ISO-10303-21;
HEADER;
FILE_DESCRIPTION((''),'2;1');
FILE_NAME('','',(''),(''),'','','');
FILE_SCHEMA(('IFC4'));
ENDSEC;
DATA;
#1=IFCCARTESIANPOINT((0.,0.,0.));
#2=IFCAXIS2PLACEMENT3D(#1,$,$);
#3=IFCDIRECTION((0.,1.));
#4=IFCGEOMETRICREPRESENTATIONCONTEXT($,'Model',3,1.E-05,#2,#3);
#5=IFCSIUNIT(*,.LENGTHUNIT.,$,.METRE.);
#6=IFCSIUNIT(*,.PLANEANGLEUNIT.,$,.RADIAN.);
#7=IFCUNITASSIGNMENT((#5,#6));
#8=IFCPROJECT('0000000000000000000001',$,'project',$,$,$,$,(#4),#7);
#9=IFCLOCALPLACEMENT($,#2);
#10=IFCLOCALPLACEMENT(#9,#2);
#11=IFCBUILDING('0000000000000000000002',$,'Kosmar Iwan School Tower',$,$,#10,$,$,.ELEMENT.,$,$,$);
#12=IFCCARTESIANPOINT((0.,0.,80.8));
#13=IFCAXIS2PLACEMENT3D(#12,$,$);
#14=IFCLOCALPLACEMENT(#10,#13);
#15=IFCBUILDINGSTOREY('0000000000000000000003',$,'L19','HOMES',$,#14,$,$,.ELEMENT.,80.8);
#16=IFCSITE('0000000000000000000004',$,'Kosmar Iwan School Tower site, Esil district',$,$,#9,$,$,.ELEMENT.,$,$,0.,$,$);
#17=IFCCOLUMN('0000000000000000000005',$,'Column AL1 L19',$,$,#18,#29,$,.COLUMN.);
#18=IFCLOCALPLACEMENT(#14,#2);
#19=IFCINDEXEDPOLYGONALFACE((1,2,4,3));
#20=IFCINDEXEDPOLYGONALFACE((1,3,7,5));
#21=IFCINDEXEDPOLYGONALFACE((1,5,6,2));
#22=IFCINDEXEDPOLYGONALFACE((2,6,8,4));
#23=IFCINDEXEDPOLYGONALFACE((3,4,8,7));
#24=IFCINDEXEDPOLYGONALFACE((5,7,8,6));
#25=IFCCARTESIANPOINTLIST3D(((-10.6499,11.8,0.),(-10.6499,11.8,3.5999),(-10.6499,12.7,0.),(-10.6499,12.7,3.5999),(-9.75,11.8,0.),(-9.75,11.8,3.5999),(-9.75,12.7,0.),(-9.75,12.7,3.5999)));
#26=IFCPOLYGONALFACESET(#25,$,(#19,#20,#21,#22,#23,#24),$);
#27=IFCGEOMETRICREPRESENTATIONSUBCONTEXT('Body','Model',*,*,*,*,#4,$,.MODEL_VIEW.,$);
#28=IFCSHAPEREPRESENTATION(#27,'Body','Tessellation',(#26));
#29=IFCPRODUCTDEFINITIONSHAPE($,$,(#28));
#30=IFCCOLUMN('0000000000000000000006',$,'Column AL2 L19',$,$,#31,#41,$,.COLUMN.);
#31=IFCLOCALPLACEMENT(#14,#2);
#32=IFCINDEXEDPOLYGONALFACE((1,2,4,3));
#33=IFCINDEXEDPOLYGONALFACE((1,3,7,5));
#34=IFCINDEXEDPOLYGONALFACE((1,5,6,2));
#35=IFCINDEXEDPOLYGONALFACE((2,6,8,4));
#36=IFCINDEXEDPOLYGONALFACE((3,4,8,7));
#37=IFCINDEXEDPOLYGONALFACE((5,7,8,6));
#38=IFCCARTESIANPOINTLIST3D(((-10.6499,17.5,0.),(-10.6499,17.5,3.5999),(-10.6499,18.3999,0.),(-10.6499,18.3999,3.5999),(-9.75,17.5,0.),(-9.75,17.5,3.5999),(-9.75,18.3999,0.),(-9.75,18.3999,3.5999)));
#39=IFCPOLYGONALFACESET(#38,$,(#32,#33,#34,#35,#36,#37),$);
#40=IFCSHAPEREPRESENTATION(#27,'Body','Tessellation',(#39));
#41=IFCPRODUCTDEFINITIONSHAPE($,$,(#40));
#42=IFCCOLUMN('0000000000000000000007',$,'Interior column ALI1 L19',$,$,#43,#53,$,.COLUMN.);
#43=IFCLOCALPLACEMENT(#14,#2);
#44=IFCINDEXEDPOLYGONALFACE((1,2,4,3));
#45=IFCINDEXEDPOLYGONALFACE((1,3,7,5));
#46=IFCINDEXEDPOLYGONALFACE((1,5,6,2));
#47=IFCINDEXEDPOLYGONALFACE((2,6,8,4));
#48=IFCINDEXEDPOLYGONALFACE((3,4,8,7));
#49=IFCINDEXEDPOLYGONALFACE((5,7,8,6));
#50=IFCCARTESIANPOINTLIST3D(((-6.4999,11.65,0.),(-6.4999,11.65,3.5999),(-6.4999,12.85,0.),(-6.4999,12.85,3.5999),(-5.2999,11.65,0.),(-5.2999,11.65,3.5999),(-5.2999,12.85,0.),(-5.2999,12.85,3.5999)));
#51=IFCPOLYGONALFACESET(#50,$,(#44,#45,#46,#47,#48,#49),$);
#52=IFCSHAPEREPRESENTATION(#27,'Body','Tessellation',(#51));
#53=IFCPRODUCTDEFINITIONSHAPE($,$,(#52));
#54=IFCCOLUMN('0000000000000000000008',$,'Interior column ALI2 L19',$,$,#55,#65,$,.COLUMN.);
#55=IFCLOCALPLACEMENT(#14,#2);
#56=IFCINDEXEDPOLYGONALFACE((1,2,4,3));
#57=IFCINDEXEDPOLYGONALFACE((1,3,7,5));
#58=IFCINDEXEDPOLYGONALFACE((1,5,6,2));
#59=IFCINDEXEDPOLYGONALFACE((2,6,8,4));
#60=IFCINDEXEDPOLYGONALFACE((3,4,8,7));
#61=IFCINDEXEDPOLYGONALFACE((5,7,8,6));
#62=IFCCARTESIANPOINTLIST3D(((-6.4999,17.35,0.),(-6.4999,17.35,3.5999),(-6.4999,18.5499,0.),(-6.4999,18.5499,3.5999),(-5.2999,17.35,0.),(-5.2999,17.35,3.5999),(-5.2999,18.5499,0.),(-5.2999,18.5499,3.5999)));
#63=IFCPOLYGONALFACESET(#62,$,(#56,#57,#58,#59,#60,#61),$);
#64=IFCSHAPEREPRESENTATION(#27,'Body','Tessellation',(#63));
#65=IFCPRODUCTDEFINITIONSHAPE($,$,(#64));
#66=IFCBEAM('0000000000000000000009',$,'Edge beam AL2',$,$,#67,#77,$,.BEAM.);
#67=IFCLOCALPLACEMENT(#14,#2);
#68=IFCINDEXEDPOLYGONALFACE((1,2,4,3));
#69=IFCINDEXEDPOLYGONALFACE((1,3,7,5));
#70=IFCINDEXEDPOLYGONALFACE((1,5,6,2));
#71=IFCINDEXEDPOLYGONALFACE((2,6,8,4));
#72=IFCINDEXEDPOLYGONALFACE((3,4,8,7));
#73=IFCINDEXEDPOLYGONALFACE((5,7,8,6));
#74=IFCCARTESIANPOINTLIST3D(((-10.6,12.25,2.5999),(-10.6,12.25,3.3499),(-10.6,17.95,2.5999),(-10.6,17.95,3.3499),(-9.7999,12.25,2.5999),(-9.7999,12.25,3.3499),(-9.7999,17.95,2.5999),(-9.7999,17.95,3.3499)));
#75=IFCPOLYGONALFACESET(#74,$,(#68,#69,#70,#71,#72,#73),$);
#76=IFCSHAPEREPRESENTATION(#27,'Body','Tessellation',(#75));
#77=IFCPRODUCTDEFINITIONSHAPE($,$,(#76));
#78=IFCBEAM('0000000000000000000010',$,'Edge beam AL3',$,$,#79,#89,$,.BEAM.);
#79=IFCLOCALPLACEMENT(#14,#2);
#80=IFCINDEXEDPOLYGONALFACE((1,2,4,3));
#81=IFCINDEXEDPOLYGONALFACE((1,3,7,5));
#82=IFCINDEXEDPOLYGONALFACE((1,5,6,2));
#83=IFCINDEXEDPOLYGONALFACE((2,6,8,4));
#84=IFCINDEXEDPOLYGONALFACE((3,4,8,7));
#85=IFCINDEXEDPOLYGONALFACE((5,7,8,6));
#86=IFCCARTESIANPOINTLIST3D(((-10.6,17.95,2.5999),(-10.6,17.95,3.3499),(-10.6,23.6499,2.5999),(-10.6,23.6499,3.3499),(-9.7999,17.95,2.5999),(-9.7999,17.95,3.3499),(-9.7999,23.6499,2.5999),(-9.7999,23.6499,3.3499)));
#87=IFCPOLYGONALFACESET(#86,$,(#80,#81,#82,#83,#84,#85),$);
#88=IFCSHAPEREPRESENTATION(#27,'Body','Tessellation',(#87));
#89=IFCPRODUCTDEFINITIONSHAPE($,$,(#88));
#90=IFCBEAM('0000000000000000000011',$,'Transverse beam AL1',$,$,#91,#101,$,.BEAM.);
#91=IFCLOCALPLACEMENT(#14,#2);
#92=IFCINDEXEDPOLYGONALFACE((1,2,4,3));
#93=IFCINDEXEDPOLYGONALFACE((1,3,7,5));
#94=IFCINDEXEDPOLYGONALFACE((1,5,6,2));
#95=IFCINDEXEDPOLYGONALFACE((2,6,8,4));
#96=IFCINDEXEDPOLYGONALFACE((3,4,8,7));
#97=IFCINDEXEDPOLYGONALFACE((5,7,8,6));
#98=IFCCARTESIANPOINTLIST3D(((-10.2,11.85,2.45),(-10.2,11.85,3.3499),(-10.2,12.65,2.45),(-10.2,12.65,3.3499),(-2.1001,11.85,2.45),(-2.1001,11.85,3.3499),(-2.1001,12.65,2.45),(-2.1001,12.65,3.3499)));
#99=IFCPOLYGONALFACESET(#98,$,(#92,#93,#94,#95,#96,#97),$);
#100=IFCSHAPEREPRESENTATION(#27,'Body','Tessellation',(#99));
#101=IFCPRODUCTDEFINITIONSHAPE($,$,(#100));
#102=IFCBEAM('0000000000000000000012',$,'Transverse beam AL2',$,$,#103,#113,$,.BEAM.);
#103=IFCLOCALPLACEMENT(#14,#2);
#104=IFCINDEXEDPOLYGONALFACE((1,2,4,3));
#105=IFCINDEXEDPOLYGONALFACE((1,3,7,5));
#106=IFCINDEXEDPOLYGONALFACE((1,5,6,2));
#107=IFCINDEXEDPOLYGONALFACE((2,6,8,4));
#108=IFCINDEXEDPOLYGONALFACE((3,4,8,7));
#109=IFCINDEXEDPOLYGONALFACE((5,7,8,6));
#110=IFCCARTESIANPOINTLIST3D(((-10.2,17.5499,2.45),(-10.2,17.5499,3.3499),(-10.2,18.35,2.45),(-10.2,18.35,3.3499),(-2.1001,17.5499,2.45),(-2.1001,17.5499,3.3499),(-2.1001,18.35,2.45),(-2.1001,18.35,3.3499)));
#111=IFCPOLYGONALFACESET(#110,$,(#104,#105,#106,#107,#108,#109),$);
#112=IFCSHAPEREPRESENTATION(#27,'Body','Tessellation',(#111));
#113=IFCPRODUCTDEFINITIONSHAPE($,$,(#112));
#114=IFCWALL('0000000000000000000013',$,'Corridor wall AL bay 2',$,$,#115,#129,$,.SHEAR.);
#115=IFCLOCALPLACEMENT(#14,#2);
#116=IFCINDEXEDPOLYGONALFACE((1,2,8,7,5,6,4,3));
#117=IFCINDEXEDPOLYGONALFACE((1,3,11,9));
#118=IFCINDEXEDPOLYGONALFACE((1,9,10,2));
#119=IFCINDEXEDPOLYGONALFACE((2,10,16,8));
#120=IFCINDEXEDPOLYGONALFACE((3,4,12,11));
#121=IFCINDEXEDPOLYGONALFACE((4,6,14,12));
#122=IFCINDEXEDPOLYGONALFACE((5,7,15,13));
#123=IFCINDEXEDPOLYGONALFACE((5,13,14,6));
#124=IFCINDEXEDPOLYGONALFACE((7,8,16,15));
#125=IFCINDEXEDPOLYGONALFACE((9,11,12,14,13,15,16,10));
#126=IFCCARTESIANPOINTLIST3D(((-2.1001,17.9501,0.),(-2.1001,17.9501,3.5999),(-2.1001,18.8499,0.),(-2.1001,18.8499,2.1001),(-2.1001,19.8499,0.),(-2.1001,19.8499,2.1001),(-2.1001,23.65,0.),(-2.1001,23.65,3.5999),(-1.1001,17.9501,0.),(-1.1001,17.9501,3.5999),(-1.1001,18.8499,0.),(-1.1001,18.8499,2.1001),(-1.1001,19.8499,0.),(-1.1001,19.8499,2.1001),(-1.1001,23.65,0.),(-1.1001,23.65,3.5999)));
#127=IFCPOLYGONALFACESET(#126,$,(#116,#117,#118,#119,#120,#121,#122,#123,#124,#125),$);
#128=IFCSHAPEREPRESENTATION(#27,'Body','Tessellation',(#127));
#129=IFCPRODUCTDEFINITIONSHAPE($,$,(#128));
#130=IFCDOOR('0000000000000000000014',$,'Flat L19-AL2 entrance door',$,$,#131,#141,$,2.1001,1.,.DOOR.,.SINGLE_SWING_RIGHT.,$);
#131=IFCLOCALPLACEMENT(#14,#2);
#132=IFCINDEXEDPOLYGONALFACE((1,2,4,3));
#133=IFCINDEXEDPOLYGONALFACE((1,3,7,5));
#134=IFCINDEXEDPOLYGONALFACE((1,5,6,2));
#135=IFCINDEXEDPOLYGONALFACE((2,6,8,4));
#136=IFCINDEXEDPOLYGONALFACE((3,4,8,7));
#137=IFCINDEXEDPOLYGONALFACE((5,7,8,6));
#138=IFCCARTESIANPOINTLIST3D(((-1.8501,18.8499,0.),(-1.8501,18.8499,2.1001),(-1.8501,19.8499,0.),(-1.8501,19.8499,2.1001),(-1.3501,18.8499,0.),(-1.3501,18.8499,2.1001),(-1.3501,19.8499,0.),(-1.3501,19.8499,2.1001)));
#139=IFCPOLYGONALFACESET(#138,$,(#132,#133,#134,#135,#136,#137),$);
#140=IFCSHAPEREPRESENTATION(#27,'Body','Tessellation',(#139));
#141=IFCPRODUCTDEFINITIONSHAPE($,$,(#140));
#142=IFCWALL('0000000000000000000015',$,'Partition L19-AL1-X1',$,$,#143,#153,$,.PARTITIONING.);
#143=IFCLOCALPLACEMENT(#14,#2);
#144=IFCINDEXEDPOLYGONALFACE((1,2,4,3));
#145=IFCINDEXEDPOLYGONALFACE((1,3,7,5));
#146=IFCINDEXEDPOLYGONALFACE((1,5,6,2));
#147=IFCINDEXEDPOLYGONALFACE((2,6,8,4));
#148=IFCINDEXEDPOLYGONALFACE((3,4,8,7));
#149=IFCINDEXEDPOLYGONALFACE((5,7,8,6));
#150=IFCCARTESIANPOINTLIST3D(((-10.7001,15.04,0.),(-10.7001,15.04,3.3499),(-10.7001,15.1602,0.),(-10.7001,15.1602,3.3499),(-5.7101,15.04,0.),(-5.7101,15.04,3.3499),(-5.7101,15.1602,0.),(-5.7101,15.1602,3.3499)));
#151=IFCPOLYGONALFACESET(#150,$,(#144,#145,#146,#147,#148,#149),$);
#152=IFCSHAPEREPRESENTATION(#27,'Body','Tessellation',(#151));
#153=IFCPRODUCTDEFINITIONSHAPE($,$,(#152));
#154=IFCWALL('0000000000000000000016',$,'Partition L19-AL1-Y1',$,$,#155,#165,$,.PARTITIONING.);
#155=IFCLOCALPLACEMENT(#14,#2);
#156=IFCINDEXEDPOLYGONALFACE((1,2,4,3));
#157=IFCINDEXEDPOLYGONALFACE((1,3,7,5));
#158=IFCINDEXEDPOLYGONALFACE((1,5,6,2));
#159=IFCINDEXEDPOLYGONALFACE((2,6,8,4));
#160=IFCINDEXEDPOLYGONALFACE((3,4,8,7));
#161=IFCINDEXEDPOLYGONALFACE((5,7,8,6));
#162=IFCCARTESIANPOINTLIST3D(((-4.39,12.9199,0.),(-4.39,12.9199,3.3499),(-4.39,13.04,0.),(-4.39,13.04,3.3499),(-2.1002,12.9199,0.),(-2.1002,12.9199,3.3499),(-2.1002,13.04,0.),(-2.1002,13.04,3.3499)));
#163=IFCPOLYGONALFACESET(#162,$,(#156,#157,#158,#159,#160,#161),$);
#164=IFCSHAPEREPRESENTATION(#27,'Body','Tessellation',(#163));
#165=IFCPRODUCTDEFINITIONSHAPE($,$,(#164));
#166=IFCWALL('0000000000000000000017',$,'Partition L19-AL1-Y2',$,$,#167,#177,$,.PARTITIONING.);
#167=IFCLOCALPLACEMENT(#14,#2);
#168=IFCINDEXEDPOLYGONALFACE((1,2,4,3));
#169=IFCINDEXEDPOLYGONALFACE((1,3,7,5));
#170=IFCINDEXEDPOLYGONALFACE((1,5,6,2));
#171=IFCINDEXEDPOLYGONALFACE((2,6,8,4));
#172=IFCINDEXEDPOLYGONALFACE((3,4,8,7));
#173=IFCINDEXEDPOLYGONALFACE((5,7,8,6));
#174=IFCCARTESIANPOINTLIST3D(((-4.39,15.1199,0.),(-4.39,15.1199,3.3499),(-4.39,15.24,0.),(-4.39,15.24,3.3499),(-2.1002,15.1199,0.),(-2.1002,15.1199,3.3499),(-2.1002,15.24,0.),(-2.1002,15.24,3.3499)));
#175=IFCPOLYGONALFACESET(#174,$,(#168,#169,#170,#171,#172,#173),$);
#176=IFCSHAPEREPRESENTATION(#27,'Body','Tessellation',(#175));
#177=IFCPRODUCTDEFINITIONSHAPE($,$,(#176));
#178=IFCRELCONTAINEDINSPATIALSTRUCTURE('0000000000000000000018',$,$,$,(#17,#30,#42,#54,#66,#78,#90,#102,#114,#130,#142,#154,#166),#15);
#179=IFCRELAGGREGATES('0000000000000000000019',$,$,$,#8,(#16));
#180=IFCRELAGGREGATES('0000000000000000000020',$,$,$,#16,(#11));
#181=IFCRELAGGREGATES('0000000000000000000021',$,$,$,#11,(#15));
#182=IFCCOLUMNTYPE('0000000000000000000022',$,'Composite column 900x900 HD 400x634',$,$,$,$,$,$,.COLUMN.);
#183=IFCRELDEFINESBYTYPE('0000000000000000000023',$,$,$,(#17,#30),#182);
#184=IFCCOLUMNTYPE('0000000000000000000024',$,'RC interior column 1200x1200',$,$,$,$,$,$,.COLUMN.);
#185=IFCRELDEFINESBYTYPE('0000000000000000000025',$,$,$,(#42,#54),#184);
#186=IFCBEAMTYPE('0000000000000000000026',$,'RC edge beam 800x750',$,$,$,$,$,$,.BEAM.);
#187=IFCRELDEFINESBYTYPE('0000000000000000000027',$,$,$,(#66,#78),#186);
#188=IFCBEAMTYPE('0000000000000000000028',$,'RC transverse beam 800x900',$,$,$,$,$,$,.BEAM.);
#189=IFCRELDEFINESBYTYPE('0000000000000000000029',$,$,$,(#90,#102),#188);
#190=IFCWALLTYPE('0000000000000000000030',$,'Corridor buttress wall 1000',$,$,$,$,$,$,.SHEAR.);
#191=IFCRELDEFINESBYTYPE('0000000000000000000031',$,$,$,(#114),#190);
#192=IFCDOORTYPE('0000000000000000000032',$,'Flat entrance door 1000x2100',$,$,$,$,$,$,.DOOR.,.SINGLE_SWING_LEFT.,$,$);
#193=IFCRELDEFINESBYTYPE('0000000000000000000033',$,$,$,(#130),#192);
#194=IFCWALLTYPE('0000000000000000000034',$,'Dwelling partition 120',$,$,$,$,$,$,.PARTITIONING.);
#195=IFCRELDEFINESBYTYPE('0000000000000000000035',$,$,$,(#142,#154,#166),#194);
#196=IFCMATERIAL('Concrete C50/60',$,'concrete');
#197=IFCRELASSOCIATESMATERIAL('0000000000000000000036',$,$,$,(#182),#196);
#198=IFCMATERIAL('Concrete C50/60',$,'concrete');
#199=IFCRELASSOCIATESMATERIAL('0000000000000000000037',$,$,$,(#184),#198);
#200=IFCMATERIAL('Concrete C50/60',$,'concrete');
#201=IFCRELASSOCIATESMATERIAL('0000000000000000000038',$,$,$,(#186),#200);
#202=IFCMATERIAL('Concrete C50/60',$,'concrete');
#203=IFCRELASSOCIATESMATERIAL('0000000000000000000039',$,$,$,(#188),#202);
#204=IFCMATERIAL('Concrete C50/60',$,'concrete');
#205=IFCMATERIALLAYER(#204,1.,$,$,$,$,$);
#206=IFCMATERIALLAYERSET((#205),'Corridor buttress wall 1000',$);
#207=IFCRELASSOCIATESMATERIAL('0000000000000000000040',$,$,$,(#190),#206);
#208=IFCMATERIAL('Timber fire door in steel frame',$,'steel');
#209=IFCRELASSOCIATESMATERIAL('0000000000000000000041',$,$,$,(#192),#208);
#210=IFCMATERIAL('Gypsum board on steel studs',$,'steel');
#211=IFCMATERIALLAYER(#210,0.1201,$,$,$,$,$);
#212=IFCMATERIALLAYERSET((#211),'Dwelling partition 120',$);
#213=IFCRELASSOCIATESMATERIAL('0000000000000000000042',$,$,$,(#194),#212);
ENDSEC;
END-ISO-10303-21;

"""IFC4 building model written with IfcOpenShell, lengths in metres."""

from ifc_helpers import new_model, si_unit, direction, frame, frame_2d, origin, origin_2d, place, context, subcontext, project, spatial, rectangle, extrude, material, layer, layer_set, material_profile, profile_set, type_object, element, fill, save


model = new_model("IFC4")

# Units and contexts
model_context = context("Model", 3, precision=1e-05, world=origin(), true_north=direction((0.0, 1.0)))
body_context = subcontext(model_context, "Body", "Model", "MODEL_VIEW")
ifc_project = project(units=[si_unit("LENGTHUNIT", "METRE"), si_unit("PLANEANGLEUNIT", "RADIAN")], contexts=[model_context])

# Site, building, storey
site_placement = place(None, origin())
site = spatial("IfcSite", under=ifc_project, at=site_placement, Name="Kosmar Iwan School Tower site, Esil district", CompositionType="ELEMENT", RefElevation=0.0)
building_placement = place(site_placement, origin())
building = spatial("IfcBuilding", under=site, at=building_placement, Name="Kosmar Iwan School Tower", CompositionType="ELEMENT")
storey_placement = place(building_placement, frame((0.0, 0.0, 80.8)))
storey = spatial("IfcBuildingStorey", under=building, at=storey_placement, Name="L19", Description="HOMES", CompositionType="ELEMENT", Elevation=80.8)

# Columns
ifc_material_1 = material(Name="Concrete C50/60", Category="concrete")
ifc_material_profile_1 = material_profile(ifc_material_1, rectangle(XDim=0.8999, YDim=0.8999, at=origin_2d()), Name="RC 900x900 + HD 400x634")
ifc_profile_set_1 = profile_set([ifc_material_profile_1], Name="Concrete C50/60")
column_type_1 = type_object("IfcColumnType", Name="Composite column 900x900 HD 400x634", PredefinedType="COLUMN", material=ifc_profile_set_1)
for number, where, z_axis, x_axis, name in (
    (1, (-10.2, 12.25, 0.0), (0.0, 0.0, 1.0), (0.0, 1.0, 0.0), "Column AL1 L19"),
    (2, (-10.2, 17.95, 0.0), (0.0, 0.0, 1.0), (0.0, 1.0, 0.0), "Column AL2 L19"),
):
    element("IfcColumn", number, at=place(storey_placement, frame(where, z_axis=z_axis, x_axis=x_axis)), inside=storey, type_object=column_type_1, Name=name, PredefinedType="COLUMN", context=body_context, shape_type="SweptSolid", body=[
        extrude(rectangle(XDim=0.8999, YDim=0.8999, at=origin_2d()), origin(), (0.0, 0.0, 1.0), 3.5999),
    ])
ifc_material_2 = material(Name="Concrete C50/60", Category="concrete")
ifc_material_profile_2 = material_profile(ifc_material_2, rectangle(XDim=1.2, YDim=1.2, at=origin_2d()), Name="RC 1200x1200")
ifc_profile_set_2 = profile_set([ifc_material_profile_2], Name="Concrete C50/60")
column_type_2 = type_object("IfcColumnType", Name="RC interior column 1200x1200", PredefinedType="COLUMN", material=ifc_profile_set_2)
for number, where, z_axis, x_axis, name in (
    (3, (-5.8999, 12.25, 0.0), (0.0, 0.0, 1.0), (0.0, 1.0, 0.0), "Interior column ALI1 L19"),
    (4, (-5.8999, 17.95, 0.0), (0.0, 0.0, 1.0), (0.0, 1.0, 0.0), "Interior column ALI2 L19"),
):
    element("IfcColumn", number, at=place(storey_placement, frame(where, z_axis=z_axis, x_axis=x_axis)), inside=storey, type_object=column_type_2, Name=name, PredefinedType="COLUMN", context=body_context, shape_type="SweptSolid", body=[
        extrude(rectangle(XDim=1.2, YDim=1.2, at=origin_2d()), origin(), (0.0, 0.0, 1.0), 3.5999),
    ])

# Beams
ifc_material_3 = material(Name="Concrete C50/60", Category="concrete")
ifc_material_profile_3 = material_profile(ifc_material_3, rectangle(XDim=0.8, YDim=0.75, at=origin_2d()), Name="RC 800x750")
ifc_profile_set_3 = profile_set([ifc_material_profile_3], Name="Concrete C50/60")
beam_type_1 = type_object("IfcBeamType", Name="RC edge beam 800x750", PredefinedType="BEAM", material=ifc_profile_set_3)
for number, where, z_axis, x_axis, name in (
    (5, (-10.2, 12.25, 2.9749), (0.0, 1.0, 0.0), (-1.0, 0.0, 0.0), "Edge beam AL2"),
    (6, (-10.2, 17.95, 2.9749), (0.0, 1.0, 0.0), (-1.0, 0.0, 0.0), "Edge beam AL3"),
):
    element("IfcBeam", number, at=place(storey_placement, frame(where, z_axis=z_axis, x_axis=x_axis)), inside=storey, type_object=beam_type_1, Name=name, PredefinedType="BEAM", context=body_context, shape_type="SweptSolid", body=[
        extrude(rectangle(XDim=0.8, YDim=0.75, at=origin_2d()), origin(), (0.0, 0.0, 1.0), 5.7),
    ])
ifc_material_4 = material(Name="Concrete C50/60", Category="concrete")
ifc_material_profile_4 = material_profile(ifc_material_4, rectangle(XDim=0.8, YDim=0.8999, at=origin_2d()), Name="RC 800x900")
ifc_profile_set_4 = profile_set([ifc_material_profile_4], Name="Concrete C50/60")
beam_type_2 = type_object("IfcBeamType", Name="RC transverse beam 800x900", PredefinedType="BEAM", material=ifc_profile_set_4)
for number, where, z_axis, x_axis, name in (
    (7, (-10.2, 12.25, 2.8999), (1.0, 0.0, 0.0), (0.0, 1.0, 0.0), "Transverse beam AL1"),
    (8, (-10.2, 17.95, 2.8999), (1.0, 0.0, 0.0), (0.0, 1.0, 0.0), "Transverse beam AL2"),
):
    element("IfcBeam", number, at=place(storey_placement, frame(where, z_axis=z_axis, x_axis=x_axis)), inside=storey, type_object=beam_type_2, Name=name, PredefinedType="BEAM", context=body_context, shape_type="SweptSolid", body=[
        extrude(rectangle(XDim=0.8, YDim=0.8999, at=origin_2d()), origin(), (0.0, 0.0, 1.0), 8.0999),
    ])

# Wall, opening, door
ifc_material_5 = material(Name="Concrete C50/60", Category="concrete")
ifc_layer_1 = layer(ifc_material_5, 1.0)
ifc_layer_set_1 = layer_set([ifc_layer_1], Name="Corridor buttress wall 1000")
wall_type_1 = type_object("IfcWallType", Name="Corridor buttress wall 1000", PredefinedType="SHEAR", material=ifc_layer_set_1)
wall_1_placement = place(storey_placement, frame((-1.6001, 17.95, 0.0), z_axis=(0.0, 0.0, 1.0), x_axis=(0.0, 1.0, 0.0)))
wall_1 = element("IfcWall", 9, at=wall_1_placement, inside=storey, type_object=wall_type_1, Name="Corridor wall AL bay 2", PredefinedType="SHEAR", context=body_context, shape_type="SweptSolid", body=[
    extrude(rectangle(XDim=5.7, YDim=1.0, at=frame_2d((2.8501, 0.0))), origin(), (0.0, 0.0, 1.0), 3.5999),
])
opening_1_placement = place(wall_1_placement, frame((0.8999, 0.0, 0.0)))
opening_1 = element("IfcOpeningElement", 10, at=opening_1_placement, cuts=wall_1, PredefinedType="OPENING", context=body_context, shape_type="SweptSolid", body=[
    extrude(rectangle(XDim=1.0, YDim=2.1001, at=frame_2d((0.5, 1.05))), frame((0.0, 0.512, 0.0), z_axis=(0.0, -1.0, 0.0), x_axis=(1.0, 0.0, 0.0)), (0.0, 0.0, 1.0), 1.0239),
])
ifc_material_6 = material(Name="Timber fire door in steel frame", Category="steel")
door_type_1 = type_object("IfcDoorType", Name="Flat entrance door 1000x2100", OperationType="SINGLE_SWING_LEFT", PredefinedType="DOOR", material=ifc_material_6)
door_1_placement = place(opening_1_placement, origin())
door_1 = element("IfcDoor", 11, at=door_1_placement, inside=storey, type_object=door_type_1, Name="Flat L19-AL2 entrance door", OperationType="SINGLE_SWING_RIGHT", OverallHeight=2.1001, OverallWidth=1.0, PredefinedType="DOOR", context=body_context, shape_type="SweptSolid", body=[
    extrude(rectangle(XDim=1.0, YDim=2.1001, at=frame_2d((0.5, 1.05))), frame((0.0, 0.25, 0.0), z_axis=(0.0, -1.0, 0.0), x_axis=(1.0, 0.0, 0.0)), (0.0, 0.0, 1.0), 0.5),
])
fill(opening_1, door_1)

# Walls
ifc_material_7 = material(Name="Gypsum board on steel studs", Category="steel")
ifc_layer_2 = layer(ifc_material_7, 0.1201)
ifc_layer_set_2 = layer_set([ifc_layer_2], Name="Dwelling partition 120")
wall_type_2 = type_object("IfcWallType", Name="Dwelling partition 120", PredefinedType="PARTITIONING", material=ifc_layer_set_2)
wall_2_placement = place(storey_placement, frame((-5.71, 15.1001, 0.0), z_axis=(0.0, 0.0, 1.0), x_axis=(-1.0, 0.0, 0.0)))
element("IfcWall", 12, at=wall_2_placement, inside=storey, type_object=wall_type_2, Name="Partition L19-AL1-X1", PredefinedType="PARTITIONING", context=body_context, shape_type="SweptSolid", body=[
    extrude(rectangle(XDim=4.99, YDim=0.1201, at=frame_2d((2.4951, 0.0))), origin(), (0.0, 0.0, 1.0), 3.3499),
])
for number, where, z_axis, x_axis, name in (
    (13, (-2.1001, 12.98, 0.0), (0.0, 0.0, 1.0), (-1.0, 0.0, 0.0), "Partition L19-AL1-Y1"),
    (14, (-2.1001, 15.1799, 0.0), (0.0, 0.0, 1.0), (-1.0, 0.0, 0.0), "Partition L19-AL1-Y2"),
):
    element("IfcWall", number, at=place(storey_placement, frame(where, z_axis=z_axis, x_axis=x_axis)), inside=storey, type_object=wall_type_2, Name=name, PredefinedType="PARTITIONING", context=body_context, shape_type="SweptSolid", body=[
        extrude(rectangle(XDim=2.2898, YDim=0.1201, at=frame_2d((1.145, 0.0))), origin(), (0.0, 0.0, 1.0), 3.3499),
    ])

save(model, "model.ifc")
